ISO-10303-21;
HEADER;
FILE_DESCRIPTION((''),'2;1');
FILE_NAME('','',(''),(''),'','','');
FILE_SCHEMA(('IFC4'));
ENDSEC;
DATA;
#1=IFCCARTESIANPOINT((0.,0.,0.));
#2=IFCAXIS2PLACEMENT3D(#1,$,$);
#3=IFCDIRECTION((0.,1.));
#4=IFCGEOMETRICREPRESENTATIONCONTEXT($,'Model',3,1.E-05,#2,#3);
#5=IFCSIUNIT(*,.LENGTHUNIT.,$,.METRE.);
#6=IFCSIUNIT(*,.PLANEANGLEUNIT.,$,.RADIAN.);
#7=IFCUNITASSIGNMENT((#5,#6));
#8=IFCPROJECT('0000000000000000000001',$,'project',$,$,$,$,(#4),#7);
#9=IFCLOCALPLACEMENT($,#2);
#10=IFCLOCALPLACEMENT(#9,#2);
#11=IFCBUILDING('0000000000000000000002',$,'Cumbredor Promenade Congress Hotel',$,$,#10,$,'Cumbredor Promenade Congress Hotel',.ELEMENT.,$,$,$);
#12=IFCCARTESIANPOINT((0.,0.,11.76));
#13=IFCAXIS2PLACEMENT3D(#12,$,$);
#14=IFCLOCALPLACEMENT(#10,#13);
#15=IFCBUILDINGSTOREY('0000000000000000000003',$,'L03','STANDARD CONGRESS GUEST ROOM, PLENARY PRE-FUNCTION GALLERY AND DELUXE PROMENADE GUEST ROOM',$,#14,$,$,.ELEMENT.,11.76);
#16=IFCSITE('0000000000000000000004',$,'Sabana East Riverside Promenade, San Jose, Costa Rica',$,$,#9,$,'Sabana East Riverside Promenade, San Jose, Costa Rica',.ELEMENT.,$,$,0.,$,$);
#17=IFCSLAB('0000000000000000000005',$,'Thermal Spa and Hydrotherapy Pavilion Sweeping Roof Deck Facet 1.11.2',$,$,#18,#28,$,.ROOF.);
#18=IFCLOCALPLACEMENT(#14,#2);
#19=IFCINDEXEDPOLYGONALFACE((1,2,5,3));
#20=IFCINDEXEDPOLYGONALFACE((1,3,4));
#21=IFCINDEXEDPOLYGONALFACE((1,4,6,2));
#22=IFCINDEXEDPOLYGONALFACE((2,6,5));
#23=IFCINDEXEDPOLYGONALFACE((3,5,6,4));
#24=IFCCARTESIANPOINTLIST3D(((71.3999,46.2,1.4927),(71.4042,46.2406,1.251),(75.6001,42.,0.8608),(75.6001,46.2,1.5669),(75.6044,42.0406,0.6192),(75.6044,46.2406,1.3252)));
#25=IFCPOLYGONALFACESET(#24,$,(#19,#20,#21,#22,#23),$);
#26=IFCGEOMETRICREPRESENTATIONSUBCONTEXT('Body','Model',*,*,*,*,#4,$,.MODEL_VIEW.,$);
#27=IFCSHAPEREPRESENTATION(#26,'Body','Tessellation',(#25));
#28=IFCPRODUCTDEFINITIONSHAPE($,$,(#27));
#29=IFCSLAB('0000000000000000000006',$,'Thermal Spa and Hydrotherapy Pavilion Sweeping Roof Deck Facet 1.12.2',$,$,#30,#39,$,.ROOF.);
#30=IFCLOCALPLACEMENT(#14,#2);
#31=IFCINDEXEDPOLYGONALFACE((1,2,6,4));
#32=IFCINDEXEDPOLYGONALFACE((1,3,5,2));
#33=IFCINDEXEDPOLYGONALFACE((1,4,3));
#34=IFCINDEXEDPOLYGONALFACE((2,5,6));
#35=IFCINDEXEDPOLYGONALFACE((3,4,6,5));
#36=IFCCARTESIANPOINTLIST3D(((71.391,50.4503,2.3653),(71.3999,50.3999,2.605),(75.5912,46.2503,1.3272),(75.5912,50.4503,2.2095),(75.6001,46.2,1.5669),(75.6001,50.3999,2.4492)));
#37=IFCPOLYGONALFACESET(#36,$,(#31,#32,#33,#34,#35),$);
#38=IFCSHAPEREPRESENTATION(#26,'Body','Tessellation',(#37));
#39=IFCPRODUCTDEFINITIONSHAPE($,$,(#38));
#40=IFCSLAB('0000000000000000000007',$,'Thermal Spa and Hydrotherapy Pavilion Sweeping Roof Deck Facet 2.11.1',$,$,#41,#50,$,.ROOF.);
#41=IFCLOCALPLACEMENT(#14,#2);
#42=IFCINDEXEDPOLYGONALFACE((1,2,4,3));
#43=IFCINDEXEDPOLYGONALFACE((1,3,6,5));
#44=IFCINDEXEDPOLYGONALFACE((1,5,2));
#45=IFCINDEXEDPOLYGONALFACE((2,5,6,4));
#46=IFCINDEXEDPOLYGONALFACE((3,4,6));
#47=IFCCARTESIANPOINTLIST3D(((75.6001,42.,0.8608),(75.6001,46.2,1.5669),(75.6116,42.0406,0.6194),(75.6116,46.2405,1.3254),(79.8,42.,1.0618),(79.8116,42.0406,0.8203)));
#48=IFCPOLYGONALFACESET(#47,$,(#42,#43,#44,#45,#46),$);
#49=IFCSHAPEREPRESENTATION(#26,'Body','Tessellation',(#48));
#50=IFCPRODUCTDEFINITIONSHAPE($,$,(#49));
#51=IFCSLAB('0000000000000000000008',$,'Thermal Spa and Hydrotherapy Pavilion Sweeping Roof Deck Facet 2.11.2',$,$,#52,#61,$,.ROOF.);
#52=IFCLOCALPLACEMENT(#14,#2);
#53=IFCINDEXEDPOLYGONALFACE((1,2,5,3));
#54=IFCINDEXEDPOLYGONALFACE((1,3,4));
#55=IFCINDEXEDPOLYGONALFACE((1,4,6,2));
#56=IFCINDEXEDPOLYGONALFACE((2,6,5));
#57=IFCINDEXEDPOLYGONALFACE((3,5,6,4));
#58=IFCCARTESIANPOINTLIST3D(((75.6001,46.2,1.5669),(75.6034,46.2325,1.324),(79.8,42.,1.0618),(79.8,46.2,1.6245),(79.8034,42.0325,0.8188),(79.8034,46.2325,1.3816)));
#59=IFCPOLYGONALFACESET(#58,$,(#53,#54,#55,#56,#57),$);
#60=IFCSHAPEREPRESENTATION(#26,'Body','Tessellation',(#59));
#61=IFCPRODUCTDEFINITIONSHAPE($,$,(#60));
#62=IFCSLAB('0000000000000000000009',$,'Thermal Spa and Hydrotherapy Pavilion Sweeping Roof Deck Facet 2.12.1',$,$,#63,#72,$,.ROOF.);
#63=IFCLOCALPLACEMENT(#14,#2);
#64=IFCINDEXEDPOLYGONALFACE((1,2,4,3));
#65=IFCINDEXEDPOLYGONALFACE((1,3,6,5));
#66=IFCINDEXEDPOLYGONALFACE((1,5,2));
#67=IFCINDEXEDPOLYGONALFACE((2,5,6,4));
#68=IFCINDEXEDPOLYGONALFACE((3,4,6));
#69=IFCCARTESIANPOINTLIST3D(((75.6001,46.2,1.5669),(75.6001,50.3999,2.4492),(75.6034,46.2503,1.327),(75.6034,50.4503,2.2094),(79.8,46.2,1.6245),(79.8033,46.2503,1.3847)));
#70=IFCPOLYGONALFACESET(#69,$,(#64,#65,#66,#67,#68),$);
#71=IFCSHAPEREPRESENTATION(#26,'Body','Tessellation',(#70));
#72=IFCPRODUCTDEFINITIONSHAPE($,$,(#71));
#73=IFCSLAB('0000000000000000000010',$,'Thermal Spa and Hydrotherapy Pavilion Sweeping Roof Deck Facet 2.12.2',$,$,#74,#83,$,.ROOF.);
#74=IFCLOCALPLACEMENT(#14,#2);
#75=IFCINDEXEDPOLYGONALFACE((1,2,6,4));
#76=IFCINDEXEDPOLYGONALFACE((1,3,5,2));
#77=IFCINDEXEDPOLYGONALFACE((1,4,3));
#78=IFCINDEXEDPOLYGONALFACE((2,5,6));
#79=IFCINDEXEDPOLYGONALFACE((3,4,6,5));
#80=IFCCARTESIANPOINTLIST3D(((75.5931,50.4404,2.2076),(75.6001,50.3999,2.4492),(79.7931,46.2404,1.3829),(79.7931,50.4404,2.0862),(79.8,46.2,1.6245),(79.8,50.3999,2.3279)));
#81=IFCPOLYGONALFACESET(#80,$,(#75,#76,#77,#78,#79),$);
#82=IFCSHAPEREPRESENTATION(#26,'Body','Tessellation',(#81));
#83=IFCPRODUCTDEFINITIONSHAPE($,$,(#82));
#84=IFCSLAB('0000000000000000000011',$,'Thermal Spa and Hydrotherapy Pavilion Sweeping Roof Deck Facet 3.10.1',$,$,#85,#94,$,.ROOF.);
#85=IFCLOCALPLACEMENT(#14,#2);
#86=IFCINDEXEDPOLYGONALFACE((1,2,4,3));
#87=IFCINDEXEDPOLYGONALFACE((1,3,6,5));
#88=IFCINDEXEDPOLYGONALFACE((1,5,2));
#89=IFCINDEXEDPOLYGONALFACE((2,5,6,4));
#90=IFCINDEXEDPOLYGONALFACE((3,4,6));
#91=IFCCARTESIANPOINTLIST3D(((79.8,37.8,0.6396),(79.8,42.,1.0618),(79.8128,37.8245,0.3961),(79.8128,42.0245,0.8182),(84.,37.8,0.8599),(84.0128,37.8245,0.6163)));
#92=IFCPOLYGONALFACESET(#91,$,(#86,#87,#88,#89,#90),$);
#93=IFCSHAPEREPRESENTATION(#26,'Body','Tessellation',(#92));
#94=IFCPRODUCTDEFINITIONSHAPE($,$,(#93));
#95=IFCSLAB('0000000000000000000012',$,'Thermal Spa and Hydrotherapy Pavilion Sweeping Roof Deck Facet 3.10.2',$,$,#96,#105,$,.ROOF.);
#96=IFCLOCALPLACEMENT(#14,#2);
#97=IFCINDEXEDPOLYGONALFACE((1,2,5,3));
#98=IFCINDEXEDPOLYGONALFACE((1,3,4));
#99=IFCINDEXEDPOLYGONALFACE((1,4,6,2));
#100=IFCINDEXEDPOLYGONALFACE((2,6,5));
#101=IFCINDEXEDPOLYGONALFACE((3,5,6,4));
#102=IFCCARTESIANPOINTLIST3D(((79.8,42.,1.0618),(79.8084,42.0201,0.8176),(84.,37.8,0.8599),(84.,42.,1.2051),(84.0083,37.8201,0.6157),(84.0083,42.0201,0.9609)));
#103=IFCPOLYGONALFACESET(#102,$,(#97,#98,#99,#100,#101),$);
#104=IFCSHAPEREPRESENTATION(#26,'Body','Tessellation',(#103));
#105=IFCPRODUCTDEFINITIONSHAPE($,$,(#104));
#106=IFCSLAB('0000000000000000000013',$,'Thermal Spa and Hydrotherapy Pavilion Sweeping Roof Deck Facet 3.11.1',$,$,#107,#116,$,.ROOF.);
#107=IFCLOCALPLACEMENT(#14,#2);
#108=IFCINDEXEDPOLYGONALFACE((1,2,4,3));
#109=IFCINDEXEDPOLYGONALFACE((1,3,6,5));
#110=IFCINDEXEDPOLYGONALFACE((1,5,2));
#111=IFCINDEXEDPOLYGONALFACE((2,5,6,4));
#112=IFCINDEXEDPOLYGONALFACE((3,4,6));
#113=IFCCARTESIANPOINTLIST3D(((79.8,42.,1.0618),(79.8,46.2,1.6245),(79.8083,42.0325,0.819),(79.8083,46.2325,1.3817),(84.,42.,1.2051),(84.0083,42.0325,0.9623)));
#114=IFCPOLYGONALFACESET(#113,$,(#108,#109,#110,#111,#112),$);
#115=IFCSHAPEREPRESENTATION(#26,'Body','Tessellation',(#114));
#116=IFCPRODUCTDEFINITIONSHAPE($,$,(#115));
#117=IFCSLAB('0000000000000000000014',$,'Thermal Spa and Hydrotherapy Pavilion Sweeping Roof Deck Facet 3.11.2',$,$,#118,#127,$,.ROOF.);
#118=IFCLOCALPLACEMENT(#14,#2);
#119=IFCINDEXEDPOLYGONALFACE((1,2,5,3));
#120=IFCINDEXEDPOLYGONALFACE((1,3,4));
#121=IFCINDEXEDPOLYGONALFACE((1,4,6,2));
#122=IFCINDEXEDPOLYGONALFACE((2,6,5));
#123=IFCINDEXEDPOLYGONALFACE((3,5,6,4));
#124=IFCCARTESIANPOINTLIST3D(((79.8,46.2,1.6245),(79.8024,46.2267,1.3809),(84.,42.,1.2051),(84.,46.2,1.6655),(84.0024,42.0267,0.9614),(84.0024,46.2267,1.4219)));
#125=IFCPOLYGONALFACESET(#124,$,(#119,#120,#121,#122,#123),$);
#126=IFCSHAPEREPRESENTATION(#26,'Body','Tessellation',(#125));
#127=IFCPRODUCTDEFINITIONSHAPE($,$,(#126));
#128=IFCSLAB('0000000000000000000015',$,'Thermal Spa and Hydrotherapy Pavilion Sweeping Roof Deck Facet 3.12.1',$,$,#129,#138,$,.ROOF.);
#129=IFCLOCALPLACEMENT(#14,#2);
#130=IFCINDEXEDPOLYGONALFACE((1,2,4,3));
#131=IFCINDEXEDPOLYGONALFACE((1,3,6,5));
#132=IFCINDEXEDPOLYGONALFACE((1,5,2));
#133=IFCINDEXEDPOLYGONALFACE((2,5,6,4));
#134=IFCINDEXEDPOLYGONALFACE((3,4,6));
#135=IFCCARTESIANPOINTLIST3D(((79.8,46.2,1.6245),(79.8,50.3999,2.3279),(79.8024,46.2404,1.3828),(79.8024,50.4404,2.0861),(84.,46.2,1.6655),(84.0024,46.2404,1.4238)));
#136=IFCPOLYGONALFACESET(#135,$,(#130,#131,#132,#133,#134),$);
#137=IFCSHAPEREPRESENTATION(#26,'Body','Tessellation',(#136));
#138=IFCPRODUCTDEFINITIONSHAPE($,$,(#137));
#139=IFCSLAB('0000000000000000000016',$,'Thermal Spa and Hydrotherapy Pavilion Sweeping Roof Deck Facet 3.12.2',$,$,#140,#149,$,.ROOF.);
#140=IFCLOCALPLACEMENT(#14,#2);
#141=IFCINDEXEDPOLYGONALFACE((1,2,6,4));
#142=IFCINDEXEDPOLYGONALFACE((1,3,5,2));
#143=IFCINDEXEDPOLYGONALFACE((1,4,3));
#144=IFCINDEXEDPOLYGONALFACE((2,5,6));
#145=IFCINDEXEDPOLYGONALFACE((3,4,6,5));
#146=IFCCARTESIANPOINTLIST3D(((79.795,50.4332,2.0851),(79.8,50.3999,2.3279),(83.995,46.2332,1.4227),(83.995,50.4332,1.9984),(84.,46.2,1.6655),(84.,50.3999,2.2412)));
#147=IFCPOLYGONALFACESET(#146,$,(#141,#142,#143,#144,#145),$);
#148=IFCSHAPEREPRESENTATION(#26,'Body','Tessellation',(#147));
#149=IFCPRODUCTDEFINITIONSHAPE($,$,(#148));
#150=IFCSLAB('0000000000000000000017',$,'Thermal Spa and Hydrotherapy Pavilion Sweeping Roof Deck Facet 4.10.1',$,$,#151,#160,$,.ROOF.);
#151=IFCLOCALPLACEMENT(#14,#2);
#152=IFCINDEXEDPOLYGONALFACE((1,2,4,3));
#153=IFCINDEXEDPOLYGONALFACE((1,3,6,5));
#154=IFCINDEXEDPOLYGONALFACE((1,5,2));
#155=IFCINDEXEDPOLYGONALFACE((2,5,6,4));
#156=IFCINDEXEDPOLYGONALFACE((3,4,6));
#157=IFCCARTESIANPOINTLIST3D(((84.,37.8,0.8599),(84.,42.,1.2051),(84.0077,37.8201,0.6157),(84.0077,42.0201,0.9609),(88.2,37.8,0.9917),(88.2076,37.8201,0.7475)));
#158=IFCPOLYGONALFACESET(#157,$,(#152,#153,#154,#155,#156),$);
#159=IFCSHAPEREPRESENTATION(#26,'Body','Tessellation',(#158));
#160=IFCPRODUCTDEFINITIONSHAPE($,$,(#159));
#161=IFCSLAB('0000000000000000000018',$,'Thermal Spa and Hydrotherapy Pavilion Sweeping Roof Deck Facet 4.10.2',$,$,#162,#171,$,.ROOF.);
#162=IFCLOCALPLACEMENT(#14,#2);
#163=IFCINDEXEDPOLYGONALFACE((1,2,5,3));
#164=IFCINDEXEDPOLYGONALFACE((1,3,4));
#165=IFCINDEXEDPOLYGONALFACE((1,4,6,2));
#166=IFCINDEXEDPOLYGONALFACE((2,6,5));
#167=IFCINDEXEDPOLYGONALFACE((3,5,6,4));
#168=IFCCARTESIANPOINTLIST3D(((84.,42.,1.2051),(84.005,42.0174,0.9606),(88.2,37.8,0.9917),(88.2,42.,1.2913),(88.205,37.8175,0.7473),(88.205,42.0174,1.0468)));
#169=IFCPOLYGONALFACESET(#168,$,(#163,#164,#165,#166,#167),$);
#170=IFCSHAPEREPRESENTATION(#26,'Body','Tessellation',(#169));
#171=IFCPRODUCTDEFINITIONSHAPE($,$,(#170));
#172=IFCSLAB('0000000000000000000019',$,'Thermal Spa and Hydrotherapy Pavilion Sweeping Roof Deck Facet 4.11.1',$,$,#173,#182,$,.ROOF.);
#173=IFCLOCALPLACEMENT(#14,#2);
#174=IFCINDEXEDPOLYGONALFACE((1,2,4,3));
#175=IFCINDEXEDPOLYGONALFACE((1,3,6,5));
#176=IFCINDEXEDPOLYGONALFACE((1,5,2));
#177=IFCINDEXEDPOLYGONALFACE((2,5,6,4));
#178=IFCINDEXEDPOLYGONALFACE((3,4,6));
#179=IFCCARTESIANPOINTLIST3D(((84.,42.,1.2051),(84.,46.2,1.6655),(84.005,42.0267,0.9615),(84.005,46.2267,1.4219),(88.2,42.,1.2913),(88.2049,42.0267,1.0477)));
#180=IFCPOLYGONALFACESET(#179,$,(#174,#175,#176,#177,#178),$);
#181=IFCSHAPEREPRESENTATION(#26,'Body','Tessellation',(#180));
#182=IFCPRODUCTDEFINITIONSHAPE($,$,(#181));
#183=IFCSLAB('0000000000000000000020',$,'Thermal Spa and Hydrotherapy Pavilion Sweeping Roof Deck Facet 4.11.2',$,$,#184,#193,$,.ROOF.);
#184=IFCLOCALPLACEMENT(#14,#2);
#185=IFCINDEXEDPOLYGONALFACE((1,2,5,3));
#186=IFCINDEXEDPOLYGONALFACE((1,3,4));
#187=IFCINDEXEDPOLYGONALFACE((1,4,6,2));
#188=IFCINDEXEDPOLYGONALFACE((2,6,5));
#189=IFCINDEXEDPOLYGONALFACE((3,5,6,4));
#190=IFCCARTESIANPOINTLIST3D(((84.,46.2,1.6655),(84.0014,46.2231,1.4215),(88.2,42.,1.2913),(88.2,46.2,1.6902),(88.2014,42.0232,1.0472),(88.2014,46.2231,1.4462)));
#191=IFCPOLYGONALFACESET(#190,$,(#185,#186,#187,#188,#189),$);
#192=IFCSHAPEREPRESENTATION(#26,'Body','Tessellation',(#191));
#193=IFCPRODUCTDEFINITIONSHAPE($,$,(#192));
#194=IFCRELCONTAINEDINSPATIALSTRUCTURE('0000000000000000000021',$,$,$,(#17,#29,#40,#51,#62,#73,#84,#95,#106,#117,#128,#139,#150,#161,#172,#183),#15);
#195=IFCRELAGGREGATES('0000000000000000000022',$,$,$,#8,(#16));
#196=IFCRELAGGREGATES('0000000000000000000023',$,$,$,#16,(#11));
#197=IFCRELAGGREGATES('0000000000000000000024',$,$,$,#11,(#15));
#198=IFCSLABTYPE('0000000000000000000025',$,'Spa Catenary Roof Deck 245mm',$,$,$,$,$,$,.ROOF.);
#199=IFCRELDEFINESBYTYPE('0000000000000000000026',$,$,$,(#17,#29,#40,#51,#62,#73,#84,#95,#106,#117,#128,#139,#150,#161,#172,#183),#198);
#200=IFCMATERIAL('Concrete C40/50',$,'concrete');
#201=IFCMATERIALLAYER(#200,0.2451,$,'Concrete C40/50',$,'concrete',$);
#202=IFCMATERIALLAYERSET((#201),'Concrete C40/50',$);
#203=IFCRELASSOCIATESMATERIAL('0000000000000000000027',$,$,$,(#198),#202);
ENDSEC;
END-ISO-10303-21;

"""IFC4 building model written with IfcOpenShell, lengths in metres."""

from ifc_helpers import new_model, si_unit, direction, frame, origin, place, context, subcontext, project, spatial, polyline, outline, extrude, material, layer, layer_set, type_object, element, save


model = new_model("IFC4")

# Units and contexts
model_context = context("Model", 3, precision=1e-05, world=origin(), true_north=direction((0.0, 1.0)))
body_context = subcontext(model_context, "Body", "Model", "MODEL_VIEW")
ifc_project = project(units=[si_unit("LENGTHUNIT", "METRE"), si_unit("PLANEANGLEUNIT", "RADIAN")], contexts=[model_context])

# Site, building, storey
site_placement = place(None, origin())
site = spatial("IfcSite", under=ifc_project, at=site_placement, Name="Sabana East Riverside Promenade, San Jose, Costa Rica", LongName="Sabana East Riverside Promenade, San Jose, Costa Rica", CompositionType="ELEMENT", RefElevation=0.0)
building_placement = place(site_placement, origin())
building = spatial("IfcBuilding", under=site, at=building_placement, Name="Cumbredor Promenade Congress Hotel", LongName="Cumbredor Promenade Congress Hotel", CompositionType="ELEMENT")
storey_placement = place(building_placement, frame((0.0, 0.0, 11.76)))
storey = spatial("IfcBuildingStorey", under=building, at=storey_placement, Name="L03", Description="STANDARD CONGRESS GUEST ROOM, PLENARY PRE-FUNCTION GALLERY AND DELUXE PROMENADE GUEST ROOM", CompositionType="ELEMENT", Elevation=11.76)

# Slabs
ifc_material_1 = material(Name="Concrete C40/50", Category="concrete")
ifc_layer_1 = layer(ifc_material_1, 0.2451, Name="Concrete C40/50", Category="concrete")
ifc_layer_set_1 = layer_set([ifc_layer_1], Name="Concrete C40/50")
slab_type = type_object("IfcSlabType", Name="Spa Catenary Roof Deck 245mm", PredefinedType="ROOF", material=ifc_layer_set_1)
slab_1_placement = place(storey_placement, frame((75.6001, 42.0, 0.8608), z_axis=(-0.017423, -0.165759, 0.986012), x_axis=(0.0, 0.986162, 0.165784)))
element("IfcSlab", 1, at=slab_1_placement, inside=storey, type_object=slab_type, Name="Thermal Spa and Hydrotherapy Pavilion Sweeping Roof Deck Facet 1.11.2", PredefinedType="ROOF", context=body_context, shape_type="SweptSolid", body=[
    extrude(outline(polyline([(0.0, 0.0), (4.2589, 0.0), (4.2466, 4.2008), (0.0, 0.0)])), origin(), (0.0, 0.0, -1.0), 0.2451),
])
slab_2_placement = place(storey_placement, frame((75.6001, 46.2, 1.5669), z_axis=(0.036268, -0.205457, 0.977994), x_axis=(0.0, 0.978638, 0.205592)))
element("IfcSlab", 2, at=slab_2_placement, inside=storey, type_object=slab_type, Name="Thermal Spa and Hydrotherapy Pavilion Sweeping Roof Deck Facet 1.12.2", PredefinedType="ROOF", context=body_context, shape_type="SweptSolid", body=[
    extrude(outline(polyline([(0.0, 0.0), (4.2916, 0.0), (4.3237, 4.203), (0.0, 0.0)])), origin(), (0.0, 0.0, -1.0), 0.2451),
])
slab_3_placement = place(storey_placement, frame((75.6001, 42.0, 0.8608), z_axis=(-0.047126, -0.1656, 0.985066), x_axis=(0.998858, 0.0, 0.047786)))
element("IfcSlab", 3, at=slab_3_placement, inside=storey, type_object=slab_type, Name="Thermal Spa and Hydrotherapy Pavilion Sweeping Roof Deck Facet 2.11.1", PredefinedType="ROOF", context=body_context, shape_type="SweptSolid", body=[
    extrude(outline(polyline([(0.0, 0.0), (4.2048, 0.0), (0.0337, 4.2588), (0.0, 0.0)])), origin(), (0.0, 0.0, -1.0), 0.2451),
])
slab_4_placement = place(storey_placement, frame((79.8, 42.0, 1.0618), z_axis=(-0.013596, -0.132789, 0.991051), x_axis=(0.0, 0.991143, 0.132801)))
element("IfcSlab", 4, at=slab_4_placement, inside=storey, type_object=slab_type, Name="Thermal Spa and Hydrotherapy Pavilion Sweeping Roof Deck Facet 2.11.2", PredefinedType="ROOF", context=body_context, shape_type="SweptSolid", body=[
    extrude(outline(polyline([(0.0, 0.0), (4.2375, 0.0), (4.2298, 4.2003), (0.0, 0.0)])), origin(), (0.0, 0.0, -1.0), 0.2451),
])
slab_5_placement = place(storey_placement, frame((75.6001, 46.2, 1.5669), z_axis=(-0.013424, -0.205573, 0.97855), x_axis=(0.999906, 0.0, 0.013717)))
element("IfcSlab", 5, at=slab_5_placement, inside=storey, type_object=slab_type, Name="Thermal Spa and Hydrotherapy Pavilion Sweeping Roof Deck Facet 2.12.1", PredefinedType="ROOF", context=body_context, shape_type="SweptSolid", body=[
    extrude(outline(polyline([(0.0, 0.0), (4.2003, 0.0), (0.0121, 4.2916), (0.0, 0.0)])), origin(), (0.0, 0.0, -1.0), 0.2451),
])
slab_6_placement = place(storey_placement, frame((79.8, 46.2, 1.6245), z_axis=(0.028482, -0.165104, 0.985865), x_axis=(0.0, 0.986265, 0.165171)))
element("IfcSlab", 6, at=slab_6_placement, inside=storey, type_object=slab_type, Name="Thermal Spa and Hydrotherapy Pavilion Sweeping Roof Deck Facet 2.12.2", PredefinedType="ROOF", context=body_context, shape_type="SweptSolid", body=[
    extrude(outline(polyline([(0.0, 0.0), (4.2584, 0.0), (4.2785, 4.2017), (0.0, 0.0)])), origin(), (0.0, 0.0, -1.0), 0.2451),
])
slab_7_placement = place(storey_placement, frame((79.8, 37.8, 0.6396), z_axis=(-0.052099, -0.099866, 0.993636), x_axis=(0.998628, 0.0, 0.052361)))
element("IfcSlab", 7, at=slab_7_placement, inside=storey, type_object=slab_type, Name="Thermal Spa and Hydrotherapy Pavilion Sweeping Roof Deck Facet 3.10.1", PredefinedType="ROOF", context=body_context, shape_type="SweptSolid", body=[
    extrude(outline(polyline([(0.0, 0.0), (4.2057, 0.0), (0.0221, 4.2211), (0.0, 0.0)])), origin(), (0.0, 0.0, -1.0), 0.2451),
])
slab_8_placement = place(storey_placement, frame((84.0, 37.8, 0.8599), z_axis=(-0.033988, -0.081871, 0.996063), x_axis=(0.0, 0.996639, 0.081919)))
element("IfcSlab", 8, at=slab_8_placement, inside=storey, type_object=slab_type, Name="Thermal Spa and Hydrotherapy Pavilion Sweeping Roof Deck Facet 3.10.2", PredefinedType="ROOF", context=body_context, shape_type="SweptSolid", body=[
    extrude(outline(polyline([(0.0, 0.0), (4.2141, 0.0), (4.2024, 4.2024), (0.0, 0.0)])), origin(), (0.0, 0.0, -1.0), 0.2451),
])
slab_9_placement = place(storey_placement, frame((79.8, 42.0, 1.0618), z_axis=(-0.0338, -0.132726, 0.990576), x_axis=(0.999418, 0.0, 0.034102)))
element("IfcSlab", 9, at=slab_9_placement, inside=storey, type_object=slab_type, Name="Thermal Spa and Hydrotherapy Pavilion Sweeping Roof Deck Facet 3.11.1", PredefinedType="ROOF", context=body_context, shape_type="SweptSolid", body=[
    extrude(outline(polyline([(0.0, 0.0), (4.2024, 0.0), (0.0192, 4.2374), (0.0, 0.0)])), origin(), (0.0, 0.0, -1.0), 0.2451),
])
slab_10_placement = place(storey_placement, frame((84.0, 42.0, 1.2051), z_axis=(-0.009707, -0.108974, 0.993997), x_axis=(0.0, 0.994044, 0.108979)))
element("IfcSlab", 10, at=slab_10_placement, inside=storey, type_object=slab_type, Name="Thermal Spa and Hydrotherapy Pavilion Sweeping Roof Deck Facet 3.11.2", PredefinedType="ROOF", context=body_context, shape_type="SweptSolid", body=[
    extrude(outline(polyline([(0.0, 0.0), (4.2251, 0.0), (4.2206, 4.2001), (0.0, 0.0)])), origin(), (0.0, 0.0, -1.0), 0.2451),
])
slab_11_placement = place(storey_placement, frame((79.8, 46.2, 1.6245), z_axis=(-0.009631, -0.165163, 0.986219), x_axis=(0.999952, 0.0, 0.009765)))
element("IfcSlab", 11, at=slab_11_placement, inside=storey, type_object=slab_type, Name="Thermal Spa and Hydrotherapy Pavilion Sweeping Roof Deck Facet 3.12.1", PredefinedType="ROOF", context=body_context, shape_type="SweptSolid", body=[
    extrude(outline(polyline([(0.0, 0.0), (4.2002, 0.0), (0.0069, 4.2584), (0.0, 0.0)])), origin(), (0.0, 0.0, -1.0), 0.2451),
])
slab_12_placement = place(storey_placement, frame((84.0, 46.2, 1.6655), z_axis=(0.020441, -0.135771, 0.990529), x_axis=(0.0, 0.990736, 0.135799)))
element("IfcSlab", 12, at=slab_12_placement, inside=storey, type_object=slab_type, Name="Thermal Spa and Hydrotherapy Pavilion Sweeping Roof Deck Facet 3.12.2", PredefinedType="ROOF", context=body_context, shape_type="SweptSolid", body=[
    extrude(outline(polyline([(0.0, 0.0), (4.2392, 0.0), (4.251, 4.2008), (0.0, 0.0)])), origin(), (0.0, 0.0, -1.0), 0.2451),
])
slab_13_placement = place(storey_placement, frame((84.0, 37.8, 0.8599), z_axis=(-0.031269, -0.081879, 0.996152), x_axis=(0.999508, 0.0, 0.031374)))
element("IfcSlab", 13, at=slab_13_placement, inside=storey, type_object=slab_type, Name="Thermal Spa and Hydrotherapy Pavilion Sweeping Roof Deck Facet 4.10.1", PredefinedType="ROOF", context=body_context, shape_type="SweptSolid", body=[
    extrude(outline(polyline([(0.0, 0.0), (4.202, 0.0), (0.0108, 4.2141), (0.0, 0.0)])), origin(), (0.0, 0.0, -1.0), 0.2451),
])
slab_14_placement = place(storey_placement, frame((88.2, 37.8, 0.9917), z_axis=(-0.020463, -0.071129, 0.997257), x_axis=(0.0, 0.997466, 0.071144)))
element("IfcSlab", 14, at=slab_14_placement, inside=storey, type_object=slab_type, Name="Thermal Spa and Hydrotherapy Pavilion Sweeping Roof Deck Facet 4.10.2", PredefinedType="ROOF", context=body_context, shape_type="SweptSolid", body=[
    extrude(outline(polyline([(0.0, 0.0), (4.2106, 0.0), (4.2045, 4.2008), (0.0, 0.0)])), origin(), (0.0, 0.0, -1.0), 0.2451),
])
slab_15_placement = place(storey_placement, frame((84.0, 42.0, 1.2051), z_axis=(-0.020393, -0.108956, 0.993837), x_axis=(0.99979, 0.0, 0.020515)))
element("IfcSlab", 15, at=slab_15_placement, inside=storey, type_object=slab_type, Name="Thermal Spa and Hydrotherapy Pavilion Sweeping Roof Deck Facet 4.11.1", PredefinedType="ROOF", context=body_context, shape_type="SweptSolid", body=[
    extrude(outline(polyline([(0.0, 0.0), (4.2008, 0.0), (0.0094, 4.2251), (0.0, 0.0)])), origin(), (0.0, 0.0, -1.0), 0.2451),
])
slab_16_placement = place(storey_placement, frame((88.2, 42.0, 1.2913), z_axis=(-0.005845, -0.094556, 0.995502), x_axis=(0.0, 0.995519, 0.094558)))
element("IfcSlab", 16, at=slab_16_placement, inside=storey, type_object=slab_type, Name="Thermal Spa and Hydrotherapy Pavilion Sweeping Roof Deck Facet 4.11.2", PredefinedType="ROOF", context=body_context, shape_type="SweptSolid", body=[
    extrude(outline(polyline([(0.0, 0.0), (4.2189, 0.0), (4.2165, 4.2), (0.0, 0.0)])), origin(), (0.0, 0.0, -1.0), 0.2451),
])

save(model, "model.ifc")
